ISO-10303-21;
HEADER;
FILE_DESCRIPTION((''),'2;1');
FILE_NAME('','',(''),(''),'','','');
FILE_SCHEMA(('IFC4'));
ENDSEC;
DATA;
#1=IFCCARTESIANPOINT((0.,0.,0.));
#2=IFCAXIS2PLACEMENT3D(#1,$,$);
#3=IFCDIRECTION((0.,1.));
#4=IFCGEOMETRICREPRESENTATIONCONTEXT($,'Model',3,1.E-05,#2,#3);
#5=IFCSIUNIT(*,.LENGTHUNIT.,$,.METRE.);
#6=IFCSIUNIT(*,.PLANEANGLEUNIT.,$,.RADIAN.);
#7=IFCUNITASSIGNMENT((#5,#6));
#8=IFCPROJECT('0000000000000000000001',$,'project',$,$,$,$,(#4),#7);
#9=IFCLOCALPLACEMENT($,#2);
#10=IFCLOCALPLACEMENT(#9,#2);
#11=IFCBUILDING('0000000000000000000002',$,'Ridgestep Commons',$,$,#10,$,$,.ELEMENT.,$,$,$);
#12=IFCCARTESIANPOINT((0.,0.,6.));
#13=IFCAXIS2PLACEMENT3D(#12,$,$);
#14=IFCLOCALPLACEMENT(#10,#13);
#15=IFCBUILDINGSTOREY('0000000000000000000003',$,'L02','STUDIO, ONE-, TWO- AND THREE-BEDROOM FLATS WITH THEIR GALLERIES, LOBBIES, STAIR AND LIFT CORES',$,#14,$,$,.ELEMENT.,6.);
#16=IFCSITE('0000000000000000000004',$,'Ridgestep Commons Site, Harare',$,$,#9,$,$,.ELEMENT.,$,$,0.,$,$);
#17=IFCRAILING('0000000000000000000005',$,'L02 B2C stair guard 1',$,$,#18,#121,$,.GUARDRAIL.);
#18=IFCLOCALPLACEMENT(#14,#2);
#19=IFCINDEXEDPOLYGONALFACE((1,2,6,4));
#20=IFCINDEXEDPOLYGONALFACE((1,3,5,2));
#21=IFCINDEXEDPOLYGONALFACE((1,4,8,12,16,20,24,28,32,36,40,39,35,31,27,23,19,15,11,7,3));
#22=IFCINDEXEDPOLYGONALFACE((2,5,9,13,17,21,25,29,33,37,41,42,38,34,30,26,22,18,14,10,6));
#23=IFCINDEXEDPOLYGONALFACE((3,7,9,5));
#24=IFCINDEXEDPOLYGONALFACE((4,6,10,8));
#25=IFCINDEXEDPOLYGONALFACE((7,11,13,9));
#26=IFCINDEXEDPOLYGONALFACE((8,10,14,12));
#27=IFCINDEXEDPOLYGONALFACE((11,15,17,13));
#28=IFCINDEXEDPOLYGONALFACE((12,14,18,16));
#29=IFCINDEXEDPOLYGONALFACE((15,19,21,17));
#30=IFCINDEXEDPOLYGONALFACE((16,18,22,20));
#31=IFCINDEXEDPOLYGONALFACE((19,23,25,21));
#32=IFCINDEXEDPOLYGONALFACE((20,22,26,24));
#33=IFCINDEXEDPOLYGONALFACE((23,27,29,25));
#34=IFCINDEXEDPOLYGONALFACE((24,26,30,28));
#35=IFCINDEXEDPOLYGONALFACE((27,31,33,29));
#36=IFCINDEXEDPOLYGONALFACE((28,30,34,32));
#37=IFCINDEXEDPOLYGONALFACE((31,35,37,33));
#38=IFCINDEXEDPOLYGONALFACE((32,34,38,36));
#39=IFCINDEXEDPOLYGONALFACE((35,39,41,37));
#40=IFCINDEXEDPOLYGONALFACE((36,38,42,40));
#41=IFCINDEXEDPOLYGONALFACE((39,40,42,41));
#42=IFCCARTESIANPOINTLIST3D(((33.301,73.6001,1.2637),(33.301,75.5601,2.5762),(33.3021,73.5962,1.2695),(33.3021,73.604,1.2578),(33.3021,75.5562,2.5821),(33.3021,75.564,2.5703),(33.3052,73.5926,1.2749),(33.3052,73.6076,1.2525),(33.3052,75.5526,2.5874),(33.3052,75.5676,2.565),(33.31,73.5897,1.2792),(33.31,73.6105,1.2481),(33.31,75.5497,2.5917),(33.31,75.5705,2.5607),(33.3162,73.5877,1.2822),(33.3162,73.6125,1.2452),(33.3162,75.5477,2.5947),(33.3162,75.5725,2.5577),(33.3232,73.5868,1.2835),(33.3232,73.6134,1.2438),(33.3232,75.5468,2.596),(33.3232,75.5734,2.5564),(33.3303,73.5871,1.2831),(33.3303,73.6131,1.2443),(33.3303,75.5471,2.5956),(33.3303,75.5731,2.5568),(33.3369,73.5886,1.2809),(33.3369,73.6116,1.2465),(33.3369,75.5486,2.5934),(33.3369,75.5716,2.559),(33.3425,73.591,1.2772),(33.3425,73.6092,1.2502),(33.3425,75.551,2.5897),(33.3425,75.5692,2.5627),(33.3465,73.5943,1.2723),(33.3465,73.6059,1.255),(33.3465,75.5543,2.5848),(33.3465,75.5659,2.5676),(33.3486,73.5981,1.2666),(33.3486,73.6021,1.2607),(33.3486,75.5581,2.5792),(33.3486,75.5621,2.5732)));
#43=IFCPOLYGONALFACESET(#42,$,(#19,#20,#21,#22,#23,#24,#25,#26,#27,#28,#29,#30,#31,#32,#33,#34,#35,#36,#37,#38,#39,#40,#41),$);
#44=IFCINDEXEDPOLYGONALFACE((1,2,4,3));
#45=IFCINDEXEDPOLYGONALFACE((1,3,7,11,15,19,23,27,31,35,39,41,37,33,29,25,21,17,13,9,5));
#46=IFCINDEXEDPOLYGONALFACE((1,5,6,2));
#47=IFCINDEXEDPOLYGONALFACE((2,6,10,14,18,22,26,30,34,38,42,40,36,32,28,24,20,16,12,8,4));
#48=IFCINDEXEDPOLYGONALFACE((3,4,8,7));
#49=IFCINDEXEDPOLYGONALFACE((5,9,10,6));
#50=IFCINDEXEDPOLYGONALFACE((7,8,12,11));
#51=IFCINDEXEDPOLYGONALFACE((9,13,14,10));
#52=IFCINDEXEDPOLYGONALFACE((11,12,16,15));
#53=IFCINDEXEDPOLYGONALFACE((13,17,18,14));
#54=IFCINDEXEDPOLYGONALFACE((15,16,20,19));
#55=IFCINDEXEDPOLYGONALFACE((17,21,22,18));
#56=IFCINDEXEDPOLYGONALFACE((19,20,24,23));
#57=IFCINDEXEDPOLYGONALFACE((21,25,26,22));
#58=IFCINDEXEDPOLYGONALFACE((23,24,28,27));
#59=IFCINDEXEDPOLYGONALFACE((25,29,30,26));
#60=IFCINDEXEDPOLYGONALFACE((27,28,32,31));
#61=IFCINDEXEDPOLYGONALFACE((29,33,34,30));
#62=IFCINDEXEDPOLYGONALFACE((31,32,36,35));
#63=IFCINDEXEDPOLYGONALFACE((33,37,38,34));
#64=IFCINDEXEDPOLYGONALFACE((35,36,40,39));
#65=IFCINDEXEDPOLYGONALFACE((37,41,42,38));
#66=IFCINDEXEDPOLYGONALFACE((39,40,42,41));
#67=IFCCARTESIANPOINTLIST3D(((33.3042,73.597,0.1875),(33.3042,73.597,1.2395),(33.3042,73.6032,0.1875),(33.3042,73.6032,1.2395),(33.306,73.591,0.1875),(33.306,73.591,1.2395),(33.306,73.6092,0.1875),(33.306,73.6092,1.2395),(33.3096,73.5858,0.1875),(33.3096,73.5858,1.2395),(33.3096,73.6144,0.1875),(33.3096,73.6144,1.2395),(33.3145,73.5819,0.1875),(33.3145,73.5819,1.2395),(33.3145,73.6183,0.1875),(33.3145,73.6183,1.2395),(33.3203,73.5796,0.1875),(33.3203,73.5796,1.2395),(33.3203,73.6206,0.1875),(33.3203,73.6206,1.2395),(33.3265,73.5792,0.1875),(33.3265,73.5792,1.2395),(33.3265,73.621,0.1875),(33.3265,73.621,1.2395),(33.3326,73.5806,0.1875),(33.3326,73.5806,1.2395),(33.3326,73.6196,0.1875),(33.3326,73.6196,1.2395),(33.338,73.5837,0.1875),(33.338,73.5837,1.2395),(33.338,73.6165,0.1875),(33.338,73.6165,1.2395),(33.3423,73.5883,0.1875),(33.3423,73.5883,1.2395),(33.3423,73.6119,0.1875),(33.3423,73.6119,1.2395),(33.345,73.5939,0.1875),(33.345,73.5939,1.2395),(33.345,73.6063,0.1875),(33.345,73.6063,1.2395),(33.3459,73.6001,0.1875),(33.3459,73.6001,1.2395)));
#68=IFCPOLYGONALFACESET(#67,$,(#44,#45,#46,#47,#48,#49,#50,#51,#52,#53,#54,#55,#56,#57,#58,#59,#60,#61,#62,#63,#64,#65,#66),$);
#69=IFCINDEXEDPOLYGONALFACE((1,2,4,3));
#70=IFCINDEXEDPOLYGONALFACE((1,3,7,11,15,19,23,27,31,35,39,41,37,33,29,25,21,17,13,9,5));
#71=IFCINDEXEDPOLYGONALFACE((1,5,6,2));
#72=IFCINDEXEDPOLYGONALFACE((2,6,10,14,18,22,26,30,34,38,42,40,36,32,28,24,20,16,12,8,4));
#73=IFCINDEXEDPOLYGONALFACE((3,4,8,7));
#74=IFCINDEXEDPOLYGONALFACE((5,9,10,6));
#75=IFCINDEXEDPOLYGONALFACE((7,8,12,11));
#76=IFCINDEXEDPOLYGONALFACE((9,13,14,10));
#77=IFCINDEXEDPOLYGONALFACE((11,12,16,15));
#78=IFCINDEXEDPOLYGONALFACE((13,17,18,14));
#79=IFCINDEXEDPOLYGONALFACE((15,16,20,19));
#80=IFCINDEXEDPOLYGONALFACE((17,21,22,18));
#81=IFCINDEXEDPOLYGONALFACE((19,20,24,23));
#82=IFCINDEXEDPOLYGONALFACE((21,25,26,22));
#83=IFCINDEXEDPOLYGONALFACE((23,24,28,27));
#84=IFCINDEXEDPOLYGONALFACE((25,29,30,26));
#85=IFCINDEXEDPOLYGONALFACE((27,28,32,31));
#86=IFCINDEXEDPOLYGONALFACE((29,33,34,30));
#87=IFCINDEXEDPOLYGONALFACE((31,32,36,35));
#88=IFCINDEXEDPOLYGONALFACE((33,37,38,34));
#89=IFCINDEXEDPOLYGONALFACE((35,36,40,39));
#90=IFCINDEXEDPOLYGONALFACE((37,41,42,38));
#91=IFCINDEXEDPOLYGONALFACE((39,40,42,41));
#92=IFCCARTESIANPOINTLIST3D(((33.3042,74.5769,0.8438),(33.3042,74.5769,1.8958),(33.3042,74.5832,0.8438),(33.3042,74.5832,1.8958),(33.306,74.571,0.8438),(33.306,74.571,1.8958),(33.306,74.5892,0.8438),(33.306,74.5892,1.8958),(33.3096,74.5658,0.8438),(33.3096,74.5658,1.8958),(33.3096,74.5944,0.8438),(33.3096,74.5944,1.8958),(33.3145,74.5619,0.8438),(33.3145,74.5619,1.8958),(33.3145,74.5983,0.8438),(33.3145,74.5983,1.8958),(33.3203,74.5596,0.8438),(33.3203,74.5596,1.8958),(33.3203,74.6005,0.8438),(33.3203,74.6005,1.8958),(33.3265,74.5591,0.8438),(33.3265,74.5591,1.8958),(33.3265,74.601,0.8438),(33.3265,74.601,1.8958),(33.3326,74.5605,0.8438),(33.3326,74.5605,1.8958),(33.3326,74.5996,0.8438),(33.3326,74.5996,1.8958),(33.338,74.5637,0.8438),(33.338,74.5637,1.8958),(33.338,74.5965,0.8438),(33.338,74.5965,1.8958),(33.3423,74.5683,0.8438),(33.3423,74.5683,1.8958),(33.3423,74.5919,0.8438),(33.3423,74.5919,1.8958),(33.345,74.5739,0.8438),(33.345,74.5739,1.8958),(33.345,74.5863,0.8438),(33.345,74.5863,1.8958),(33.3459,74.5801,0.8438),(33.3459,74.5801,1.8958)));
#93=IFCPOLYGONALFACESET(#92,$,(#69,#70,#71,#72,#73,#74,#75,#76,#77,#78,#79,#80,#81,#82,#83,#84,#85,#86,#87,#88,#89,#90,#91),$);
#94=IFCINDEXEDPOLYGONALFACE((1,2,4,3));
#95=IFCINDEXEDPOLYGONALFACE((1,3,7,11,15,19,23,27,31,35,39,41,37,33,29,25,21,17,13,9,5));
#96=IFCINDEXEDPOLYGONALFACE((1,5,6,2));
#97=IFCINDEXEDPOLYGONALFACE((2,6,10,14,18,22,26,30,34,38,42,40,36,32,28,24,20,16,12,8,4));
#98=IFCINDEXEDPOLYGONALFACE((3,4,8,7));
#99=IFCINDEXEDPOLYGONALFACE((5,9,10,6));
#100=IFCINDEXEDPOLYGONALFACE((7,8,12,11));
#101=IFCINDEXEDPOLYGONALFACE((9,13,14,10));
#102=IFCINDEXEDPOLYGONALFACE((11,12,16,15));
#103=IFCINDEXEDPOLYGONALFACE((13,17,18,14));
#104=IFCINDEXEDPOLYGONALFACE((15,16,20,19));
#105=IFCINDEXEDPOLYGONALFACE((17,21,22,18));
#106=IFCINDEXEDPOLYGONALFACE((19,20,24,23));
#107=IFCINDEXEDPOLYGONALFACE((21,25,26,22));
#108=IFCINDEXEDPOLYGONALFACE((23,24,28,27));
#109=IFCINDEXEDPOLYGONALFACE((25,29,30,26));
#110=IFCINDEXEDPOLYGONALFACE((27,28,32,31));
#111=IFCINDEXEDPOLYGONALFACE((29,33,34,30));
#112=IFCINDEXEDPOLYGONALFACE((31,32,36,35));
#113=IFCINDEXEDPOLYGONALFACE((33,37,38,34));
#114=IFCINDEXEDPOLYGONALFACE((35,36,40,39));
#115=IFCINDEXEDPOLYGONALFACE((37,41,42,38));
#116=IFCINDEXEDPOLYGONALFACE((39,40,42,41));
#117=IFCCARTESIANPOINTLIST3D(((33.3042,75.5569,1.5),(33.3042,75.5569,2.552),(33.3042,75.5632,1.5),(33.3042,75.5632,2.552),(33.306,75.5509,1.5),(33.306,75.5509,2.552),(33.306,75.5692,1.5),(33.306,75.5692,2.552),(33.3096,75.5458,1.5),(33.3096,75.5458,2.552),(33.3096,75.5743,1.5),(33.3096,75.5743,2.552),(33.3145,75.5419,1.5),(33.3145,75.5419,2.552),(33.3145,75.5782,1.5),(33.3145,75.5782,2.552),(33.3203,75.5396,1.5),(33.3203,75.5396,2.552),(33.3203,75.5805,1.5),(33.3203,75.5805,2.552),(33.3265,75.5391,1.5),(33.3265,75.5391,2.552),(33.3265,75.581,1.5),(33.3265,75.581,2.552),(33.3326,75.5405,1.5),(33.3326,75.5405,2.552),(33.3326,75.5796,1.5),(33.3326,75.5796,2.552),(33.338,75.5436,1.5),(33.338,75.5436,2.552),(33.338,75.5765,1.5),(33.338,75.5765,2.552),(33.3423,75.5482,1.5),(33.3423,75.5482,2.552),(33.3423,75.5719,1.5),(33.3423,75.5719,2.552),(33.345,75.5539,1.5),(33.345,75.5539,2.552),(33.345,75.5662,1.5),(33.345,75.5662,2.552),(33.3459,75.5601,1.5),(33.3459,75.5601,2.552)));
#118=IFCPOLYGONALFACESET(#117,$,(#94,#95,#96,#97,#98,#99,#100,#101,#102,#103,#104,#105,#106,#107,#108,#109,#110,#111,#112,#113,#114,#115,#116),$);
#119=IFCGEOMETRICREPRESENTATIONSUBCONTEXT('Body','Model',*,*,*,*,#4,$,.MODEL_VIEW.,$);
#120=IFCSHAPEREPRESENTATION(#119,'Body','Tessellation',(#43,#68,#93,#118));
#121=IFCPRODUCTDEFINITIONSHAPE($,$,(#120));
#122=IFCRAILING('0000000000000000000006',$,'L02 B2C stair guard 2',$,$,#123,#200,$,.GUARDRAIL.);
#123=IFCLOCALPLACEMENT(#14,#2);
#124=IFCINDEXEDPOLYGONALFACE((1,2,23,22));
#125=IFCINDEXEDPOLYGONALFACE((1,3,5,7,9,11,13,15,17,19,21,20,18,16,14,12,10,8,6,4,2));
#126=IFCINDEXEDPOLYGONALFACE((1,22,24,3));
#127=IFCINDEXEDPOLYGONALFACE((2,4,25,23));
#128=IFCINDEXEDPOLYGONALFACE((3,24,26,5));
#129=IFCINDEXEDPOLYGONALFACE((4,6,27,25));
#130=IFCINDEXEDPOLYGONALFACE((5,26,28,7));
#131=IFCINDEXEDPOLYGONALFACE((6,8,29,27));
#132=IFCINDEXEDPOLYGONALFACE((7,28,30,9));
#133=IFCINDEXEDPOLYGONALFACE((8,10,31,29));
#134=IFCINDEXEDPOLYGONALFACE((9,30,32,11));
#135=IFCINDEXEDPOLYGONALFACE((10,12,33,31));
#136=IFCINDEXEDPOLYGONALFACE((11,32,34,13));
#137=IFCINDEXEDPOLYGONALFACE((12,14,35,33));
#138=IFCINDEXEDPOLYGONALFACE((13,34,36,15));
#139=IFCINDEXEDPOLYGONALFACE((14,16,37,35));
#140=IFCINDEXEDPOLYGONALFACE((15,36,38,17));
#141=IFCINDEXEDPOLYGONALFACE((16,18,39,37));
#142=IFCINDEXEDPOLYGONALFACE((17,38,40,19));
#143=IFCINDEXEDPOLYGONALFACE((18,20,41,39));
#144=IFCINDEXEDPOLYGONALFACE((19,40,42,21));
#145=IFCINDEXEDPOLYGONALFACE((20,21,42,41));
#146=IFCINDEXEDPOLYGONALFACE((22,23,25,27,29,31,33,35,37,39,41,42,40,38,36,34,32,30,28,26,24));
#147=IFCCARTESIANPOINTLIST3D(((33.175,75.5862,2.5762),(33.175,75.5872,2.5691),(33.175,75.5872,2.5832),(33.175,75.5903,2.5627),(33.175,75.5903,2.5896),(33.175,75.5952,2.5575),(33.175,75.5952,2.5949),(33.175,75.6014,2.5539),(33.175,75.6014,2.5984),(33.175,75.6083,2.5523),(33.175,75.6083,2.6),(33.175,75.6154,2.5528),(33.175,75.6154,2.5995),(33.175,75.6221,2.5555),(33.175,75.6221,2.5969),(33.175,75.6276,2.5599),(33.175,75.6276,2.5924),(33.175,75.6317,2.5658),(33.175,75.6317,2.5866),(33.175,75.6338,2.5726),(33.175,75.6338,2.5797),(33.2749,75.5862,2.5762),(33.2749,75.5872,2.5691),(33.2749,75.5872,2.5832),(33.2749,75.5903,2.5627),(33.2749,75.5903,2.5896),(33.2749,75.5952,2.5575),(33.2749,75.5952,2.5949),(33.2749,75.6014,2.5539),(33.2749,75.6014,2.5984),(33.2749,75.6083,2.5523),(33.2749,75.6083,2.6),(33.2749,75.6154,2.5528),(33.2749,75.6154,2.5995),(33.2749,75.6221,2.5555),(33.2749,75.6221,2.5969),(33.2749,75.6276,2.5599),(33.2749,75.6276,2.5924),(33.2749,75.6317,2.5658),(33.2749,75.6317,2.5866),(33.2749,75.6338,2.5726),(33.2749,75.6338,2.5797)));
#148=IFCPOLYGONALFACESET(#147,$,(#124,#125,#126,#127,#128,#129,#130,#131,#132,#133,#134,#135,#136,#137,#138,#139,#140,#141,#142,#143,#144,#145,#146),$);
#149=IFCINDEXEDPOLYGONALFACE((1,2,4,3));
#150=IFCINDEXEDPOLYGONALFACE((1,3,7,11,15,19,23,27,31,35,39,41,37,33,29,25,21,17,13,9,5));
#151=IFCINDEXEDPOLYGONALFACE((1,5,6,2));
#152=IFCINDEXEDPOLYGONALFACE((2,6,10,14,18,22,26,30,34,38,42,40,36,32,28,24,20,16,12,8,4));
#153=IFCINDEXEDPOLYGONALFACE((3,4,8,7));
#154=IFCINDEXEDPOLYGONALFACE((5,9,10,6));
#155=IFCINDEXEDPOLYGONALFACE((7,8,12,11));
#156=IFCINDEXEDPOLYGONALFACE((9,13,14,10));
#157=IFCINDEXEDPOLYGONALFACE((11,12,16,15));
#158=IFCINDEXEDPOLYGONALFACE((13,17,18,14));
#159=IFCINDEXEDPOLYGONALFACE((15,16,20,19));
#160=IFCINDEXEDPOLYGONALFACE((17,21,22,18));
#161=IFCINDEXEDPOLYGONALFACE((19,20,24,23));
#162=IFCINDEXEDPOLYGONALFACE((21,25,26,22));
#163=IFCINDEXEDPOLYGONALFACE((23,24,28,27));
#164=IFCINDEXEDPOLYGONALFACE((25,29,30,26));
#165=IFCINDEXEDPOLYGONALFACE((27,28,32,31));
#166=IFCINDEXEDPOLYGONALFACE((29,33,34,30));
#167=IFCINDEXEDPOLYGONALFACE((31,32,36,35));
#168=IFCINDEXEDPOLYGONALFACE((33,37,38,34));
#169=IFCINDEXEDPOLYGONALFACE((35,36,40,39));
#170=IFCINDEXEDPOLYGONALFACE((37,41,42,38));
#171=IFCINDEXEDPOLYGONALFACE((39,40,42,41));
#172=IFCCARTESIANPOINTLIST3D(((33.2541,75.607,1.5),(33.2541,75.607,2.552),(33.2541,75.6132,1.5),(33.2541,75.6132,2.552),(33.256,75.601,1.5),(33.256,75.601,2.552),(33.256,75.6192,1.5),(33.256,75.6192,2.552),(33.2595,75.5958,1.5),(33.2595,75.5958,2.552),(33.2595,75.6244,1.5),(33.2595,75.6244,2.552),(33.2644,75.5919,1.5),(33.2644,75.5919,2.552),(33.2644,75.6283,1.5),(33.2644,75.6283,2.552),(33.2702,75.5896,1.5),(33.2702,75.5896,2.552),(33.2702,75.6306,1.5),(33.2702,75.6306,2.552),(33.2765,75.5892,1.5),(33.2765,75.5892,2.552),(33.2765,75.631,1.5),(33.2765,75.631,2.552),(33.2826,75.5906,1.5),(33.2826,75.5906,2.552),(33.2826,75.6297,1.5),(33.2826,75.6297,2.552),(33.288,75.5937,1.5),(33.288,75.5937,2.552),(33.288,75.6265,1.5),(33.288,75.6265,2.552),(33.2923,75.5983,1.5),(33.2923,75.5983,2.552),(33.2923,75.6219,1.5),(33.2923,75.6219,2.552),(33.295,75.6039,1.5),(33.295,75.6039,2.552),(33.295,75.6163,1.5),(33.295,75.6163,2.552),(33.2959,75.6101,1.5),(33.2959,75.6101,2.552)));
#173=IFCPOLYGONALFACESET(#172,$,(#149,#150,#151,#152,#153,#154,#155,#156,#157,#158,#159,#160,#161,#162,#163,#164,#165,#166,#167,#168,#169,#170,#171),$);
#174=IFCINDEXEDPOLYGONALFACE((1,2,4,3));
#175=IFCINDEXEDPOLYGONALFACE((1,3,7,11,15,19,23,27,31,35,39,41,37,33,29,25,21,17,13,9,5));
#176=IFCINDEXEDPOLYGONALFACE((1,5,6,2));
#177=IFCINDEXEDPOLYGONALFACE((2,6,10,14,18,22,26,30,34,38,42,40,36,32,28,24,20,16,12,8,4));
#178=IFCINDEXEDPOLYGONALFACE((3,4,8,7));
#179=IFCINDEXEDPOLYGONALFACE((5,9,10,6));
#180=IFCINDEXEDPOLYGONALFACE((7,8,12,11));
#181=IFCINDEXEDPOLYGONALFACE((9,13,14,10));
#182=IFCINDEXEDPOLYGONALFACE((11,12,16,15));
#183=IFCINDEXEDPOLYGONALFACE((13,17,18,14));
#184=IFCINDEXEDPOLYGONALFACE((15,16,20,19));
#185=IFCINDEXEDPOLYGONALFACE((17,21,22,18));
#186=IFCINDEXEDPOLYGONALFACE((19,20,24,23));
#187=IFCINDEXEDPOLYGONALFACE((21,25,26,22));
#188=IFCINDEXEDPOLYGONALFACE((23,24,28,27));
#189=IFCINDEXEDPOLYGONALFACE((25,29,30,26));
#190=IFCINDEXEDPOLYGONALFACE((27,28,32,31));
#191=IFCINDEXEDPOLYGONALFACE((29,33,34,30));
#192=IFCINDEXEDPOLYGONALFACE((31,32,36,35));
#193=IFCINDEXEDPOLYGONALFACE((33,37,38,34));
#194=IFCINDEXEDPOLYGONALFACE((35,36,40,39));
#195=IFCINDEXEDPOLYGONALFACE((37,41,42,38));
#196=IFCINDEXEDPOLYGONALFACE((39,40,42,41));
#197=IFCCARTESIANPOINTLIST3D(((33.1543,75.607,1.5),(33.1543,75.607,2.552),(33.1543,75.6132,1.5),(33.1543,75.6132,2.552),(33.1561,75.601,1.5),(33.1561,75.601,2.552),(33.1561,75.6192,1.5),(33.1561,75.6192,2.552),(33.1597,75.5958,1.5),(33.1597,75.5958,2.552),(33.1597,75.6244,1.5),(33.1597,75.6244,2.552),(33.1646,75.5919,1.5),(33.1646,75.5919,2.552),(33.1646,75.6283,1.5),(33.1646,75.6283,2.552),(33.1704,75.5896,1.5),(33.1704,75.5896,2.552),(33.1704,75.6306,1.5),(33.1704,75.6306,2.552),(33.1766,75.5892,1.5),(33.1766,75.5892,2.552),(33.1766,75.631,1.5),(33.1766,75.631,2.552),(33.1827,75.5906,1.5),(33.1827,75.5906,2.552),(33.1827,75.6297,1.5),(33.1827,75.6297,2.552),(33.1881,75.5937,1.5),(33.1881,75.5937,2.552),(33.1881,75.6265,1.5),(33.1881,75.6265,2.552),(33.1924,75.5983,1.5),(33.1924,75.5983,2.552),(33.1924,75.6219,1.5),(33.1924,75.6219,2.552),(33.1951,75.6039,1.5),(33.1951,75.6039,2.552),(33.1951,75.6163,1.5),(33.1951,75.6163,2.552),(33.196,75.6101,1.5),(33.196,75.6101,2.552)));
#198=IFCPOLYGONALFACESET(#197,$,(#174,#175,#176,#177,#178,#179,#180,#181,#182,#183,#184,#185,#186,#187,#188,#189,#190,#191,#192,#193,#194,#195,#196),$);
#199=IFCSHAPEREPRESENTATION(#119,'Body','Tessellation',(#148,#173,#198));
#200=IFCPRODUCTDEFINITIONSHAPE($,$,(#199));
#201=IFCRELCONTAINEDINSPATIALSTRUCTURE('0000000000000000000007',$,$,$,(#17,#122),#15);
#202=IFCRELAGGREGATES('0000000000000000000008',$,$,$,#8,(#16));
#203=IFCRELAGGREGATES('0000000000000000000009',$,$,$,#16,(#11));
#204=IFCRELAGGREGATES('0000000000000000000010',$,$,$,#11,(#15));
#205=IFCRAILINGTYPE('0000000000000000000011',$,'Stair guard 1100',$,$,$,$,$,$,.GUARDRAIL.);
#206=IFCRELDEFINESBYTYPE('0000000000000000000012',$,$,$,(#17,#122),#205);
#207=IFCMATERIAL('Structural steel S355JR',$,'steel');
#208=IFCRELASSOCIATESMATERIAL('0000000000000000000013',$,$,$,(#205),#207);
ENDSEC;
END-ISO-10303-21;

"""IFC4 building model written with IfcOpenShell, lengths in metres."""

from ifc_helpers import new_model, si_unit, direction, frame, origin, origin_2d, place, context, subcontext, project, spatial, circle, extrude, material, type_object, element, save


model = new_model("IFC4")

# Units and contexts
model_context = context("Model", 3, precision=1e-05, world=origin(), true_north=direction((0.0, 1.0)))
body_context = subcontext(model_context, "Body", "Model", "MODEL_VIEW")
ifc_project = project(units=[si_unit("LENGTHUNIT", "METRE"), si_unit("PLANEANGLEUNIT", "RADIAN")], contexts=[model_context])

# Site, building, storey
site_placement = place(None, origin())
site = spatial("IfcSite", under=ifc_project, at=site_placement, Name="Ridgestep Commons Site, Harare", CompositionType="ELEMENT", RefElevation=0.0)
building_placement = place(site_placement, origin())
building = spatial("IfcBuilding", under=site, at=building_placement, Name="Ridgestep Commons", CompositionType="ELEMENT")
storey_placement = place(building_placement, frame((0.0, 0.0, 6.0)))
storey = spatial("IfcBuildingStorey", under=building, at=storey_placement, Name="L02", Description="STUDIO, ONE-, TWO- AND THREE-BEDROOM FLATS WITH THEIR GALLERIES, LOBBIES, STAIR AND LIFT CORES", CompositionType="ELEMENT", Elevation=6.0)

# Railings
ifc_material_1 = material(Name="Structural steel S355JR", Category="steel")
railing_type_1 = type_object("IfcRailingType", Name="Stair guard 1100", PredefinedType="GUARDRAIL", material=ifc_material_1)
railing_1_placement = place(storey_placement, frame((33.325, 73.6001, 0.1875)))
element("IfcRailing", 1, at=railing_1_placement, inside=storey, type_object=railing_type_1, Name="L02 B2C stair guard 1", PredefinedType="GUARDRAIL", context=body_context, shape_type="SweptSolid", body=[
    extrude(circle(Radius=0.0239, at=origin_2d()), frame((0.0, 0.0, 1.0762), z_axis=(0.0, 0.830902, 0.556419), x_axis=(-1.0, 0.0, 0.0)), (0.0, 0.0, 1.0), 2.3589),
    extrude(circle(Radius=0.021, at=origin_2d()), origin(), (0.0, 0.0, 1.0), 1.052),
    extrude(circle(Radius=0.021, at=origin_2d()), frame((0.0, 0.98, 0.6562)), (0.0, 0.0, 1.0), 1.052),
    extrude(circle(Radius=0.021, at=origin_2d()), frame((0.0, 1.96, 1.3125)), (0.0, 0.0, 1.0), 1.052),
])
railing_2_placement = place(storey_placement, frame((33.2749, 75.6101, 1.5)))
element("IfcRailing", 2, at=railing_2_placement, inside=storey, type_object=railing_type_1, Name="L02 B2C stair guard 2", PredefinedType="GUARDRAIL", context=body_context, shape_type="SweptSolid", body=[
    extrude(circle(Radius=0.0239, at=origin_2d()), frame((0.0, 0.0, 1.0762), z_axis=(-1.0, 0.0, 0.0), x_axis=(0.0, -1.0, 0.0)), (0.0, 0.0, 1.0), 0.0999),
    extrude(circle(Radius=0.021, at=origin_2d()), origin(), (0.0, 0.0, 1.0), 1.052),
    extrude(circle(Radius=0.021, at=origin_2d()), frame((-0.0999, 0.0, 0.0)), (0.0, 0.0, 1.0), 1.052),
])

save(model, "model.ifc")
